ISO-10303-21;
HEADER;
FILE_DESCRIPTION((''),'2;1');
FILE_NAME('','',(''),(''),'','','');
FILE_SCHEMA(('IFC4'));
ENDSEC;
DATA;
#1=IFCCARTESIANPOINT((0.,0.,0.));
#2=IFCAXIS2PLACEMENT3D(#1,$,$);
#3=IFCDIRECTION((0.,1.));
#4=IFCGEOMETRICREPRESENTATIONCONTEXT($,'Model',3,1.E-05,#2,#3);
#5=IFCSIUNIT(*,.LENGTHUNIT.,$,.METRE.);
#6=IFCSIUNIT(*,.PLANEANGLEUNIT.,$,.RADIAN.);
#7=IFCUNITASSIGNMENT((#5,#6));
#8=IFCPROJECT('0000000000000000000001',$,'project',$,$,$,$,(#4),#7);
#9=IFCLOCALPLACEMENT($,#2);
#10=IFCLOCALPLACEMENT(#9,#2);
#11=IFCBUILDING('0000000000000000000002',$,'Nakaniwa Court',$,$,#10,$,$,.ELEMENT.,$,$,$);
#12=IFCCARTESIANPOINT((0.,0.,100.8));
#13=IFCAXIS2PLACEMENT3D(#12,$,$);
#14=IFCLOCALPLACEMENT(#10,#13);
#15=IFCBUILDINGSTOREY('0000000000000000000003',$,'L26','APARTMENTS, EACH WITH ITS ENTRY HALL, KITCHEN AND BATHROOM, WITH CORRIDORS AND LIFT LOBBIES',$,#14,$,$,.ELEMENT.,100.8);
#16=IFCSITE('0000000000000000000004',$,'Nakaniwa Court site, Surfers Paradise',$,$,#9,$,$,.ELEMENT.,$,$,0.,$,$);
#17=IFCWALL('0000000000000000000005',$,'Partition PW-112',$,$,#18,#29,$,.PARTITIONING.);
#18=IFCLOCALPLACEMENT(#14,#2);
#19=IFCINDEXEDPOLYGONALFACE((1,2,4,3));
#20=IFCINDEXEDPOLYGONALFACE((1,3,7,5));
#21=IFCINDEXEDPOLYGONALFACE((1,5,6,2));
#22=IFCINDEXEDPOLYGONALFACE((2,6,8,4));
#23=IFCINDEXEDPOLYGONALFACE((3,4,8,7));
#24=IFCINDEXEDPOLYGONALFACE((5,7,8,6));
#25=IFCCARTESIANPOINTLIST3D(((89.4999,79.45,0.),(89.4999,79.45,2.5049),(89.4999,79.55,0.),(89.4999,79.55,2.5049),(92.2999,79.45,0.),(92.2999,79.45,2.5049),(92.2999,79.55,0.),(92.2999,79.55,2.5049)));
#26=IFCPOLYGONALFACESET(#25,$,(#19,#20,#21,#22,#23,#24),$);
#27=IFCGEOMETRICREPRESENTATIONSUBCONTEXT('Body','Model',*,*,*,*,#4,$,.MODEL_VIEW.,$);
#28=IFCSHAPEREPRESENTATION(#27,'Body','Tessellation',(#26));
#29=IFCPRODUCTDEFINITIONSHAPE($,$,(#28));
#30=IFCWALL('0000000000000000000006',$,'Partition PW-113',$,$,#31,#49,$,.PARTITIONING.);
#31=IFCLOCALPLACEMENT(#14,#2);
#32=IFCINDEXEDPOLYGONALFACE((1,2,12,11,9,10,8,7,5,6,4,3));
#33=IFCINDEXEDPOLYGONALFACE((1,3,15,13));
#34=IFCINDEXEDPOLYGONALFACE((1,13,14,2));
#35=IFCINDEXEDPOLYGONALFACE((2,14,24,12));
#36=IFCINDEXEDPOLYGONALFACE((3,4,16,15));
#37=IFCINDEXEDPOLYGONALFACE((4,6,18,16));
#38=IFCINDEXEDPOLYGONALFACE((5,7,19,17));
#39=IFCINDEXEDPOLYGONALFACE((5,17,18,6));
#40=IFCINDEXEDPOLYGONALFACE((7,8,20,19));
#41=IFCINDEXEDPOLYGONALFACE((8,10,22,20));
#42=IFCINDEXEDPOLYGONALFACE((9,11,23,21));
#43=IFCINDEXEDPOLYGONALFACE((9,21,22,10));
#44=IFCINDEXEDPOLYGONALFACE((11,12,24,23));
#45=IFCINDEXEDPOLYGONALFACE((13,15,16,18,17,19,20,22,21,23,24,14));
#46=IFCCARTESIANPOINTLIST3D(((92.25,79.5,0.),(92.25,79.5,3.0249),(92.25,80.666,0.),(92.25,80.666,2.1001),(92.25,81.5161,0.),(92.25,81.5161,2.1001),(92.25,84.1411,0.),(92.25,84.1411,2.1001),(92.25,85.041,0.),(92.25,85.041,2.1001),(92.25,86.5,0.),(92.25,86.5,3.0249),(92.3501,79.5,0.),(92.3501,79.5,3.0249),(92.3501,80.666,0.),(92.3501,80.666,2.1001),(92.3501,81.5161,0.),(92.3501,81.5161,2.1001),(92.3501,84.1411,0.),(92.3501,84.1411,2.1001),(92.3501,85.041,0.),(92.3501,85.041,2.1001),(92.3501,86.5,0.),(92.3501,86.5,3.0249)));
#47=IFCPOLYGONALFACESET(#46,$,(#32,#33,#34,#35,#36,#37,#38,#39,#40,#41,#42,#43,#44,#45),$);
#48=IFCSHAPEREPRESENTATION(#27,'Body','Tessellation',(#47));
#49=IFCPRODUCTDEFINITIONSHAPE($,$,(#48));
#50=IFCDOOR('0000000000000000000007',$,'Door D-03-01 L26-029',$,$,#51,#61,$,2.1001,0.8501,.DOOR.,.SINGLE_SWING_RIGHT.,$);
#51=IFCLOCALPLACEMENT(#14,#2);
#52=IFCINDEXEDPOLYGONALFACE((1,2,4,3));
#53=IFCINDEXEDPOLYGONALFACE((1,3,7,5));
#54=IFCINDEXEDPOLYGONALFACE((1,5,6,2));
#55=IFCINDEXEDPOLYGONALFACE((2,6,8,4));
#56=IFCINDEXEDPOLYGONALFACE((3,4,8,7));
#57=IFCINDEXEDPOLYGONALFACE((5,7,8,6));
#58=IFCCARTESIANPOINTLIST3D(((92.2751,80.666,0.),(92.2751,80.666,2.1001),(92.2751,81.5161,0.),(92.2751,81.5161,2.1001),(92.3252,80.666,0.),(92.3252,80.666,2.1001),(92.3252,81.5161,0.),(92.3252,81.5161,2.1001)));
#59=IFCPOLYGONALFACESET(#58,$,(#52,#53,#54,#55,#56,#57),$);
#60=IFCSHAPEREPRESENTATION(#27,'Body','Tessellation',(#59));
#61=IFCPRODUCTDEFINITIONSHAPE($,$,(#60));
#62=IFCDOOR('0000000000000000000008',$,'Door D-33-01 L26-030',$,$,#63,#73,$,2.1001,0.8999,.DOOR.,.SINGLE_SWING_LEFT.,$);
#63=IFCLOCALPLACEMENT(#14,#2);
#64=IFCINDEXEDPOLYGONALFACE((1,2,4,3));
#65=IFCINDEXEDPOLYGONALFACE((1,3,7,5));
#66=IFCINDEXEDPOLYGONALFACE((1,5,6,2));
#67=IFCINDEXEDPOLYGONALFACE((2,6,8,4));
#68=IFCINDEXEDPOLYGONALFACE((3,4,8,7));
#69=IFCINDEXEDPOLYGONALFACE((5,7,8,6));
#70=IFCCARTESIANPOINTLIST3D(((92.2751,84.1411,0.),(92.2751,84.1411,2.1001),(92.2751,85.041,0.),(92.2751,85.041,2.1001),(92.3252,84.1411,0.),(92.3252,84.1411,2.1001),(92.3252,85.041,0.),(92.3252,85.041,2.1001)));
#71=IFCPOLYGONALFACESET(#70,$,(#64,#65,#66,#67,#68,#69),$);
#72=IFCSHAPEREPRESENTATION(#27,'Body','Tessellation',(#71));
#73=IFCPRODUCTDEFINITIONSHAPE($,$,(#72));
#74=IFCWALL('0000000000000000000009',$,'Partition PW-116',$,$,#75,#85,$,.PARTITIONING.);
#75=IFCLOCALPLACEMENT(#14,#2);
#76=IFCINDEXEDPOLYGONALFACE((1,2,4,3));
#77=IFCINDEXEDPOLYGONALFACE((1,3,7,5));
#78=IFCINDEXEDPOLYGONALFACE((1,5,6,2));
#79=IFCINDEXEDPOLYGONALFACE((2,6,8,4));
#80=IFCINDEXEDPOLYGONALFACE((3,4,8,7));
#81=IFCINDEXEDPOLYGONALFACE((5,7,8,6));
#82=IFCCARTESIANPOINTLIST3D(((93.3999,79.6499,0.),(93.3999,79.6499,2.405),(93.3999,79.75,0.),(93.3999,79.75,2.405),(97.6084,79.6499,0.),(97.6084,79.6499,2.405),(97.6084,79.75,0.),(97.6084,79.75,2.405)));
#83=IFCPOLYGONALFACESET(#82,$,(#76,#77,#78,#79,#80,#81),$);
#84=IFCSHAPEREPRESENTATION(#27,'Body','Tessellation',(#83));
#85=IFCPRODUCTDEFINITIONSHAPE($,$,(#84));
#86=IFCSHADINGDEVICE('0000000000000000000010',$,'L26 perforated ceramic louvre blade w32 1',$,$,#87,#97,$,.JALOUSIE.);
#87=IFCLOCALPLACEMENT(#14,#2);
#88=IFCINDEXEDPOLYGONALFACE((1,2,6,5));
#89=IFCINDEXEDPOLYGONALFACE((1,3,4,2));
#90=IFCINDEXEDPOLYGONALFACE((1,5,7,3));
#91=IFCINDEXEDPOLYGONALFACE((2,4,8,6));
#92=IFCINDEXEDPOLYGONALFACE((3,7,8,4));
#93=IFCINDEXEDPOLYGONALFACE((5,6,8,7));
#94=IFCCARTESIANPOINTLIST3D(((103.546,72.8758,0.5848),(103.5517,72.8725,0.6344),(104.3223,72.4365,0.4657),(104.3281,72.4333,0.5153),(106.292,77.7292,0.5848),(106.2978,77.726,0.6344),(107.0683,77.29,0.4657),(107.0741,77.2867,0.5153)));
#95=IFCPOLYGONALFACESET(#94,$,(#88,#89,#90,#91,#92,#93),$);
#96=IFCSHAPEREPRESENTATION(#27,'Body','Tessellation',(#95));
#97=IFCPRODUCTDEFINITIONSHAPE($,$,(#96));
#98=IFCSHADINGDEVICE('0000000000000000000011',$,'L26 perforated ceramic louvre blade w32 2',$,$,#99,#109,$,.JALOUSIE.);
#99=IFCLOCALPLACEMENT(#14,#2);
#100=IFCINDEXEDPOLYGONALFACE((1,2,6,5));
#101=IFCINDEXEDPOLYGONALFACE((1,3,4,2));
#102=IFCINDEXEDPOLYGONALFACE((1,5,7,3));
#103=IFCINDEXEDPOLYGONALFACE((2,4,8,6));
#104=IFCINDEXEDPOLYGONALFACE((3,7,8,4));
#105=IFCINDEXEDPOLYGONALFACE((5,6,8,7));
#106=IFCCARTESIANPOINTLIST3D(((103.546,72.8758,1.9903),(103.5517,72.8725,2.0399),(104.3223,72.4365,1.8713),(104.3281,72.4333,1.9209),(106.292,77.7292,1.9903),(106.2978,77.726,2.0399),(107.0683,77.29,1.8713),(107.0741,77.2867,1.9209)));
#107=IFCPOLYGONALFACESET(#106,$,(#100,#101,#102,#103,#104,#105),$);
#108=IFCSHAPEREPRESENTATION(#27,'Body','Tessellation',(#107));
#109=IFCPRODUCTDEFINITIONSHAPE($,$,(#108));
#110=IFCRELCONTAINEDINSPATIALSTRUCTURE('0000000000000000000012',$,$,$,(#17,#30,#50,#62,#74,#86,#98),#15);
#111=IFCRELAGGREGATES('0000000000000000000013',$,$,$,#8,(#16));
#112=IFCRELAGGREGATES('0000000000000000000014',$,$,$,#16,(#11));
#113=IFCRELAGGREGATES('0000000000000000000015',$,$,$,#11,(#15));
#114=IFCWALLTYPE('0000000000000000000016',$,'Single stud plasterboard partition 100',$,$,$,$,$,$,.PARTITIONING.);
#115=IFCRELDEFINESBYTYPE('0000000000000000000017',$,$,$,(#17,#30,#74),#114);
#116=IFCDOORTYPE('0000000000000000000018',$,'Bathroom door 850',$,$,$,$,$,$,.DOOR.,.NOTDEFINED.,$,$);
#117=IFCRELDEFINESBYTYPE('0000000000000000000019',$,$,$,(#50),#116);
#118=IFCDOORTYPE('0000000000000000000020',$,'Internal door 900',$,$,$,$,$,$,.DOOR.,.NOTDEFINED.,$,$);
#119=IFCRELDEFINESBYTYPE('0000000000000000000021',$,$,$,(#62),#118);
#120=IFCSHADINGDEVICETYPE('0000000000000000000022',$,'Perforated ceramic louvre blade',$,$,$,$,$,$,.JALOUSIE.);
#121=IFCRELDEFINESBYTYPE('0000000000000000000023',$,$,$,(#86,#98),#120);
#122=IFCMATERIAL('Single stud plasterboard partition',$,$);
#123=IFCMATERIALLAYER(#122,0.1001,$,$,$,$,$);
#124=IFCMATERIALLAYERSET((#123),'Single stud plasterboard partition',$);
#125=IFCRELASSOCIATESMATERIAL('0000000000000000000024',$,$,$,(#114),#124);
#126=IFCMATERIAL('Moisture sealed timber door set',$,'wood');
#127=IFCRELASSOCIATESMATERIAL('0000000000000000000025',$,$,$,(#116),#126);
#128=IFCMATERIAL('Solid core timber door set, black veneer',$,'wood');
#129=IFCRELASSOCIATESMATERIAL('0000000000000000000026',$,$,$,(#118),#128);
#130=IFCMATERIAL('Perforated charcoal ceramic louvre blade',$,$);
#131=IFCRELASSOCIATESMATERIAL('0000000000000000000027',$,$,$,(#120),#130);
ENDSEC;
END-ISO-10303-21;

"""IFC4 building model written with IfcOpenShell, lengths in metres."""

from ifc_helpers import new_model, si_unit, direction, frame, frame_2d, origin, origin_2d, place, context, subcontext, project, spatial, rectangle, extrude, material, layer, layer_set, material_profile, profile_set, type_object, element, fill, save


model = new_model("IFC4")

# Units and contexts
model_context = context("Model", 3, precision=1e-05, world=origin(), true_north=direction((0.0, 1.0)))
body_context = subcontext(model_context, "Body", "Model", "MODEL_VIEW")
ifc_project = project(units=[si_unit("LENGTHUNIT", "METRE"), si_unit("PLANEANGLEUNIT", "RADIAN")], contexts=[model_context])

# Site, building, storey
site_placement = place(None, origin())
site = spatial("IfcSite", under=ifc_project, at=site_placement, Name="Nakaniwa Court site, Surfers Paradise", CompositionType="ELEMENT", RefElevation=0.0)
building_placement = place(site_placement, origin())
building = spatial("IfcBuilding", under=site, at=building_placement, Name="Nakaniwa Court", CompositionType="ELEMENT")
storey_placement = place(building_placement, frame((0.0, 0.0, 100.8)))
storey = spatial("IfcBuildingStorey", under=building, at=storey_placement, Name="L26", Description="APARTMENTS, EACH WITH ITS ENTRY HALL, KITCHEN AND BATHROOM, WITH CORRIDORS AND LIFT LOBBIES", CompositionType="ELEMENT", Elevation=100.8)

# Shared definitions
ifc_material_1 = material(Name="Solid core timber door set, black veneer", Category="wood")

# Wall
ifc_material_2 = material(Name="Single stud plasterboard partition")
ifc_layer_1 = layer(ifc_material_2, 0.1001)
ifc_layer_set_1 = layer_set([ifc_layer_1], Name="Single stud plasterboard partition")
wall_type_1 = type_object("IfcWallType", Name="Single stud plasterboard partition 100", PredefinedType="PARTITIONING", material=ifc_layer_set_1)
wall_1_placement = place(storey_placement, frame((89.5, 79.5, 0.0), z_axis=(0.0, 0.0, 1.0), x_axis=(1.0, 0.0, 0.0)))
element("IfcWall", 1, at=wall_1_placement, inside=storey, type_object=wall_type_1, Name="Partition PW-112", PredefinedType="PARTITIONING", context=body_context, shape_type="SweptSolid", body=[
    extrude(rectangle(XDim=2.8, YDim=0.1001, at=frame_2d((1.3999, 0.0))), origin(), (0.0, 0.0, 1.0), 2.5049),
])

# Wall, openings, doors
wall_2_placement = place(storey_placement, frame((92.3, 79.5, 0.0), z_axis=(0.0, 0.0, 1.0), x_axis=(0.0, 1.0, 0.0)))
wall_2 = element("IfcWall", 2, at=wall_2_placement, inside=storey, type_object=wall_type_1, Name="Partition PW-113", PredefinedType="PARTITIONING", context=body_context, shape_type="SweptSolid", body=[
    extrude(rectangle(XDim=7.0, YDim=0.1001, at=frame_2d((3.5, 0.0))), origin(), (0.0, 0.0, 1.0), 3.0249),
])
opening_1_placement = place(wall_2_placement, frame((1.166, 0.0, 0.0)))
opening_1 = element("IfcOpeningElement", 3, at=opening_1_placement, cuts=wall_2, PredefinedType="OPENING", context=body_context, shape_type="SweptSolid", body=[
    extrude(rectangle(XDim=0.8501, YDim=2.1001, at=frame_2d((0.425, 1.05))), frame((0.0, 0.0601, 0.0), z_axis=(0.0, -1.0, 0.0), x_axis=(1.0, 0.0, 0.0)), (0.0, 0.0, 1.0), 0.1201),
])
opening_2_placement = place(wall_2_placement, frame((4.6411, 0.0, 0.0)))
opening_2 = element("IfcOpeningElement", 4, at=opening_2_placement, cuts=wall_2, PredefinedType="OPENING", context=body_context, shape_type="SweptSolid", body=[
    extrude(rectangle(XDim=0.8999, YDim=2.1001, at=frame_2d((0.45, 1.05))), frame((0.0, 0.0601, 0.0), z_axis=(0.0, -1.0, 0.0), x_axis=(1.0, 0.0, 0.0)), (0.0, 0.0, 1.0), 0.1201),
])
ifc_material_3 = material(Name="Moisture sealed timber door set", Category="wood")
door_type_1 = type_object("IfcDoorType", Name="Bathroom door 850", OperationType="NOTDEFINED", PredefinedType="DOOR", material=ifc_material_3)
door_1_placement = place(opening_1_placement, origin())
door_1 = element("IfcDoor", 5, at=door_1_placement, inside=storey, type_object=door_type_1, Name="Door D-03-01 L26-029", OperationType="SINGLE_SWING_RIGHT", OverallHeight=2.1001, OverallWidth=0.8501, PredefinedType="DOOR", context=body_context, shape_type="SweptSolid", body=[
    extrude(rectangle(XDim=0.8501, YDim=2.1001, at=frame_2d((0.425, 1.05))), frame((0.0, 0.0249, 0.0), z_axis=(0.0, -1.0, 0.0), x_axis=(1.0, 0.0, 0.0)), (0.0, 0.0, 1.0), 0.05),
])
fill(opening_1, door_1)
door_type_2 = type_object("IfcDoorType", Name="Internal door 900", OperationType="NOTDEFINED", PredefinedType="DOOR", material=ifc_material_1)
door_2_placement = place(opening_2_placement, origin())
door_2 = element("IfcDoor", 6, at=door_2_placement, inside=storey, type_object=door_type_2, Name="Door D-33-01 L26-030", OperationType="SINGLE_SWING_LEFT", OverallHeight=2.1001, OverallWidth=0.8999, PredefinedType="DOOR", context=body_context, shape_type="SweptSolid", body=[
    extrude(rectangle(XDim=0.8999, YDim=2.1001, at=frame_2d((0.45, 1.05))), frame((0.0, 0.0249, 0.0), z_axis=(0.0, -1.0, 0.0), x_axis=(1.0, 0.0, 0.0)), (0.0, 0.0, 1.0), 0.05),
])
fill(opening_2, door_2)

# Wall
wall_3_placement = place(storey_placement, frame((93.3999, 79.7, 0.0), z_axis=(0.0, 0.0, 1.0), x_axis=(1.0, 0.0, 0.0)))
element("IfcWall", 7, at=wall_3_placement, inside=storey, type_object=wall_type_1, Name="Partition PW-116", PredefinedType="PARTITIONING", context=body_context, shape_type="SweptSolid", body=[
    extrude(rectangle(XDim=4.2085, YDim=0.1001, at=frame_2d((2.1042, 0.0))), origin(), (0.0, 0.0, 1.0), 2.405),
])

# Shading devices
ifc_material_4 = material(Name="Perforated charcoal ceramic louvre blade")
ifc_material_profile_1 = material_profile(ifc_material_4, rectangle(XDim=0.8999, YDim=0.05, at=origin_2d()), Name="Perforated ceramic louvre blade")
ifc_profile_set_1 = profile_set([ifc_material_profile_1], Name="Perforated charcoal ceramic louvre blade")
shading_device_type = type_object("IfcShadingDeviceType", Name="Perforated ceramic louvre blade", PredefinedType="JALOUSIE", material=ifc_profile_set_1)
for number, where, z_axis, x_axis, name in (
    (8, (103.937, 72.6545, 0.55), (0.492438, 0.870347, 0.0), (-0.862702, 0.488112, 0.132256), "L26 perforated ceramic louvre blade w32 1"),
    (9, (103.937, 72.6545, 1.9556), (0.492438, 0.870347, 0.0), (-0.862702, 0.488112, 0.132256), "L26 perforated ceramic louvre blade w32 2"),
):
    element("IfcShadingDevice", number, at=place(storey_placement, frame(where, z_axis=z_axis, x_axis=x_axis)), inside=storey, type_object=shading_device_type, Name=name, PredefinedType="JALOUSIE", context=body_context, shape_type="SweptSolid", body=[
        extrude(rectangle(XDim=0.8999, YDim=0.05, at=origin_2d()), origin(), (0.0, 0.0, 1.0), 5.5764),
    ])

save(model, "model.ifc")
